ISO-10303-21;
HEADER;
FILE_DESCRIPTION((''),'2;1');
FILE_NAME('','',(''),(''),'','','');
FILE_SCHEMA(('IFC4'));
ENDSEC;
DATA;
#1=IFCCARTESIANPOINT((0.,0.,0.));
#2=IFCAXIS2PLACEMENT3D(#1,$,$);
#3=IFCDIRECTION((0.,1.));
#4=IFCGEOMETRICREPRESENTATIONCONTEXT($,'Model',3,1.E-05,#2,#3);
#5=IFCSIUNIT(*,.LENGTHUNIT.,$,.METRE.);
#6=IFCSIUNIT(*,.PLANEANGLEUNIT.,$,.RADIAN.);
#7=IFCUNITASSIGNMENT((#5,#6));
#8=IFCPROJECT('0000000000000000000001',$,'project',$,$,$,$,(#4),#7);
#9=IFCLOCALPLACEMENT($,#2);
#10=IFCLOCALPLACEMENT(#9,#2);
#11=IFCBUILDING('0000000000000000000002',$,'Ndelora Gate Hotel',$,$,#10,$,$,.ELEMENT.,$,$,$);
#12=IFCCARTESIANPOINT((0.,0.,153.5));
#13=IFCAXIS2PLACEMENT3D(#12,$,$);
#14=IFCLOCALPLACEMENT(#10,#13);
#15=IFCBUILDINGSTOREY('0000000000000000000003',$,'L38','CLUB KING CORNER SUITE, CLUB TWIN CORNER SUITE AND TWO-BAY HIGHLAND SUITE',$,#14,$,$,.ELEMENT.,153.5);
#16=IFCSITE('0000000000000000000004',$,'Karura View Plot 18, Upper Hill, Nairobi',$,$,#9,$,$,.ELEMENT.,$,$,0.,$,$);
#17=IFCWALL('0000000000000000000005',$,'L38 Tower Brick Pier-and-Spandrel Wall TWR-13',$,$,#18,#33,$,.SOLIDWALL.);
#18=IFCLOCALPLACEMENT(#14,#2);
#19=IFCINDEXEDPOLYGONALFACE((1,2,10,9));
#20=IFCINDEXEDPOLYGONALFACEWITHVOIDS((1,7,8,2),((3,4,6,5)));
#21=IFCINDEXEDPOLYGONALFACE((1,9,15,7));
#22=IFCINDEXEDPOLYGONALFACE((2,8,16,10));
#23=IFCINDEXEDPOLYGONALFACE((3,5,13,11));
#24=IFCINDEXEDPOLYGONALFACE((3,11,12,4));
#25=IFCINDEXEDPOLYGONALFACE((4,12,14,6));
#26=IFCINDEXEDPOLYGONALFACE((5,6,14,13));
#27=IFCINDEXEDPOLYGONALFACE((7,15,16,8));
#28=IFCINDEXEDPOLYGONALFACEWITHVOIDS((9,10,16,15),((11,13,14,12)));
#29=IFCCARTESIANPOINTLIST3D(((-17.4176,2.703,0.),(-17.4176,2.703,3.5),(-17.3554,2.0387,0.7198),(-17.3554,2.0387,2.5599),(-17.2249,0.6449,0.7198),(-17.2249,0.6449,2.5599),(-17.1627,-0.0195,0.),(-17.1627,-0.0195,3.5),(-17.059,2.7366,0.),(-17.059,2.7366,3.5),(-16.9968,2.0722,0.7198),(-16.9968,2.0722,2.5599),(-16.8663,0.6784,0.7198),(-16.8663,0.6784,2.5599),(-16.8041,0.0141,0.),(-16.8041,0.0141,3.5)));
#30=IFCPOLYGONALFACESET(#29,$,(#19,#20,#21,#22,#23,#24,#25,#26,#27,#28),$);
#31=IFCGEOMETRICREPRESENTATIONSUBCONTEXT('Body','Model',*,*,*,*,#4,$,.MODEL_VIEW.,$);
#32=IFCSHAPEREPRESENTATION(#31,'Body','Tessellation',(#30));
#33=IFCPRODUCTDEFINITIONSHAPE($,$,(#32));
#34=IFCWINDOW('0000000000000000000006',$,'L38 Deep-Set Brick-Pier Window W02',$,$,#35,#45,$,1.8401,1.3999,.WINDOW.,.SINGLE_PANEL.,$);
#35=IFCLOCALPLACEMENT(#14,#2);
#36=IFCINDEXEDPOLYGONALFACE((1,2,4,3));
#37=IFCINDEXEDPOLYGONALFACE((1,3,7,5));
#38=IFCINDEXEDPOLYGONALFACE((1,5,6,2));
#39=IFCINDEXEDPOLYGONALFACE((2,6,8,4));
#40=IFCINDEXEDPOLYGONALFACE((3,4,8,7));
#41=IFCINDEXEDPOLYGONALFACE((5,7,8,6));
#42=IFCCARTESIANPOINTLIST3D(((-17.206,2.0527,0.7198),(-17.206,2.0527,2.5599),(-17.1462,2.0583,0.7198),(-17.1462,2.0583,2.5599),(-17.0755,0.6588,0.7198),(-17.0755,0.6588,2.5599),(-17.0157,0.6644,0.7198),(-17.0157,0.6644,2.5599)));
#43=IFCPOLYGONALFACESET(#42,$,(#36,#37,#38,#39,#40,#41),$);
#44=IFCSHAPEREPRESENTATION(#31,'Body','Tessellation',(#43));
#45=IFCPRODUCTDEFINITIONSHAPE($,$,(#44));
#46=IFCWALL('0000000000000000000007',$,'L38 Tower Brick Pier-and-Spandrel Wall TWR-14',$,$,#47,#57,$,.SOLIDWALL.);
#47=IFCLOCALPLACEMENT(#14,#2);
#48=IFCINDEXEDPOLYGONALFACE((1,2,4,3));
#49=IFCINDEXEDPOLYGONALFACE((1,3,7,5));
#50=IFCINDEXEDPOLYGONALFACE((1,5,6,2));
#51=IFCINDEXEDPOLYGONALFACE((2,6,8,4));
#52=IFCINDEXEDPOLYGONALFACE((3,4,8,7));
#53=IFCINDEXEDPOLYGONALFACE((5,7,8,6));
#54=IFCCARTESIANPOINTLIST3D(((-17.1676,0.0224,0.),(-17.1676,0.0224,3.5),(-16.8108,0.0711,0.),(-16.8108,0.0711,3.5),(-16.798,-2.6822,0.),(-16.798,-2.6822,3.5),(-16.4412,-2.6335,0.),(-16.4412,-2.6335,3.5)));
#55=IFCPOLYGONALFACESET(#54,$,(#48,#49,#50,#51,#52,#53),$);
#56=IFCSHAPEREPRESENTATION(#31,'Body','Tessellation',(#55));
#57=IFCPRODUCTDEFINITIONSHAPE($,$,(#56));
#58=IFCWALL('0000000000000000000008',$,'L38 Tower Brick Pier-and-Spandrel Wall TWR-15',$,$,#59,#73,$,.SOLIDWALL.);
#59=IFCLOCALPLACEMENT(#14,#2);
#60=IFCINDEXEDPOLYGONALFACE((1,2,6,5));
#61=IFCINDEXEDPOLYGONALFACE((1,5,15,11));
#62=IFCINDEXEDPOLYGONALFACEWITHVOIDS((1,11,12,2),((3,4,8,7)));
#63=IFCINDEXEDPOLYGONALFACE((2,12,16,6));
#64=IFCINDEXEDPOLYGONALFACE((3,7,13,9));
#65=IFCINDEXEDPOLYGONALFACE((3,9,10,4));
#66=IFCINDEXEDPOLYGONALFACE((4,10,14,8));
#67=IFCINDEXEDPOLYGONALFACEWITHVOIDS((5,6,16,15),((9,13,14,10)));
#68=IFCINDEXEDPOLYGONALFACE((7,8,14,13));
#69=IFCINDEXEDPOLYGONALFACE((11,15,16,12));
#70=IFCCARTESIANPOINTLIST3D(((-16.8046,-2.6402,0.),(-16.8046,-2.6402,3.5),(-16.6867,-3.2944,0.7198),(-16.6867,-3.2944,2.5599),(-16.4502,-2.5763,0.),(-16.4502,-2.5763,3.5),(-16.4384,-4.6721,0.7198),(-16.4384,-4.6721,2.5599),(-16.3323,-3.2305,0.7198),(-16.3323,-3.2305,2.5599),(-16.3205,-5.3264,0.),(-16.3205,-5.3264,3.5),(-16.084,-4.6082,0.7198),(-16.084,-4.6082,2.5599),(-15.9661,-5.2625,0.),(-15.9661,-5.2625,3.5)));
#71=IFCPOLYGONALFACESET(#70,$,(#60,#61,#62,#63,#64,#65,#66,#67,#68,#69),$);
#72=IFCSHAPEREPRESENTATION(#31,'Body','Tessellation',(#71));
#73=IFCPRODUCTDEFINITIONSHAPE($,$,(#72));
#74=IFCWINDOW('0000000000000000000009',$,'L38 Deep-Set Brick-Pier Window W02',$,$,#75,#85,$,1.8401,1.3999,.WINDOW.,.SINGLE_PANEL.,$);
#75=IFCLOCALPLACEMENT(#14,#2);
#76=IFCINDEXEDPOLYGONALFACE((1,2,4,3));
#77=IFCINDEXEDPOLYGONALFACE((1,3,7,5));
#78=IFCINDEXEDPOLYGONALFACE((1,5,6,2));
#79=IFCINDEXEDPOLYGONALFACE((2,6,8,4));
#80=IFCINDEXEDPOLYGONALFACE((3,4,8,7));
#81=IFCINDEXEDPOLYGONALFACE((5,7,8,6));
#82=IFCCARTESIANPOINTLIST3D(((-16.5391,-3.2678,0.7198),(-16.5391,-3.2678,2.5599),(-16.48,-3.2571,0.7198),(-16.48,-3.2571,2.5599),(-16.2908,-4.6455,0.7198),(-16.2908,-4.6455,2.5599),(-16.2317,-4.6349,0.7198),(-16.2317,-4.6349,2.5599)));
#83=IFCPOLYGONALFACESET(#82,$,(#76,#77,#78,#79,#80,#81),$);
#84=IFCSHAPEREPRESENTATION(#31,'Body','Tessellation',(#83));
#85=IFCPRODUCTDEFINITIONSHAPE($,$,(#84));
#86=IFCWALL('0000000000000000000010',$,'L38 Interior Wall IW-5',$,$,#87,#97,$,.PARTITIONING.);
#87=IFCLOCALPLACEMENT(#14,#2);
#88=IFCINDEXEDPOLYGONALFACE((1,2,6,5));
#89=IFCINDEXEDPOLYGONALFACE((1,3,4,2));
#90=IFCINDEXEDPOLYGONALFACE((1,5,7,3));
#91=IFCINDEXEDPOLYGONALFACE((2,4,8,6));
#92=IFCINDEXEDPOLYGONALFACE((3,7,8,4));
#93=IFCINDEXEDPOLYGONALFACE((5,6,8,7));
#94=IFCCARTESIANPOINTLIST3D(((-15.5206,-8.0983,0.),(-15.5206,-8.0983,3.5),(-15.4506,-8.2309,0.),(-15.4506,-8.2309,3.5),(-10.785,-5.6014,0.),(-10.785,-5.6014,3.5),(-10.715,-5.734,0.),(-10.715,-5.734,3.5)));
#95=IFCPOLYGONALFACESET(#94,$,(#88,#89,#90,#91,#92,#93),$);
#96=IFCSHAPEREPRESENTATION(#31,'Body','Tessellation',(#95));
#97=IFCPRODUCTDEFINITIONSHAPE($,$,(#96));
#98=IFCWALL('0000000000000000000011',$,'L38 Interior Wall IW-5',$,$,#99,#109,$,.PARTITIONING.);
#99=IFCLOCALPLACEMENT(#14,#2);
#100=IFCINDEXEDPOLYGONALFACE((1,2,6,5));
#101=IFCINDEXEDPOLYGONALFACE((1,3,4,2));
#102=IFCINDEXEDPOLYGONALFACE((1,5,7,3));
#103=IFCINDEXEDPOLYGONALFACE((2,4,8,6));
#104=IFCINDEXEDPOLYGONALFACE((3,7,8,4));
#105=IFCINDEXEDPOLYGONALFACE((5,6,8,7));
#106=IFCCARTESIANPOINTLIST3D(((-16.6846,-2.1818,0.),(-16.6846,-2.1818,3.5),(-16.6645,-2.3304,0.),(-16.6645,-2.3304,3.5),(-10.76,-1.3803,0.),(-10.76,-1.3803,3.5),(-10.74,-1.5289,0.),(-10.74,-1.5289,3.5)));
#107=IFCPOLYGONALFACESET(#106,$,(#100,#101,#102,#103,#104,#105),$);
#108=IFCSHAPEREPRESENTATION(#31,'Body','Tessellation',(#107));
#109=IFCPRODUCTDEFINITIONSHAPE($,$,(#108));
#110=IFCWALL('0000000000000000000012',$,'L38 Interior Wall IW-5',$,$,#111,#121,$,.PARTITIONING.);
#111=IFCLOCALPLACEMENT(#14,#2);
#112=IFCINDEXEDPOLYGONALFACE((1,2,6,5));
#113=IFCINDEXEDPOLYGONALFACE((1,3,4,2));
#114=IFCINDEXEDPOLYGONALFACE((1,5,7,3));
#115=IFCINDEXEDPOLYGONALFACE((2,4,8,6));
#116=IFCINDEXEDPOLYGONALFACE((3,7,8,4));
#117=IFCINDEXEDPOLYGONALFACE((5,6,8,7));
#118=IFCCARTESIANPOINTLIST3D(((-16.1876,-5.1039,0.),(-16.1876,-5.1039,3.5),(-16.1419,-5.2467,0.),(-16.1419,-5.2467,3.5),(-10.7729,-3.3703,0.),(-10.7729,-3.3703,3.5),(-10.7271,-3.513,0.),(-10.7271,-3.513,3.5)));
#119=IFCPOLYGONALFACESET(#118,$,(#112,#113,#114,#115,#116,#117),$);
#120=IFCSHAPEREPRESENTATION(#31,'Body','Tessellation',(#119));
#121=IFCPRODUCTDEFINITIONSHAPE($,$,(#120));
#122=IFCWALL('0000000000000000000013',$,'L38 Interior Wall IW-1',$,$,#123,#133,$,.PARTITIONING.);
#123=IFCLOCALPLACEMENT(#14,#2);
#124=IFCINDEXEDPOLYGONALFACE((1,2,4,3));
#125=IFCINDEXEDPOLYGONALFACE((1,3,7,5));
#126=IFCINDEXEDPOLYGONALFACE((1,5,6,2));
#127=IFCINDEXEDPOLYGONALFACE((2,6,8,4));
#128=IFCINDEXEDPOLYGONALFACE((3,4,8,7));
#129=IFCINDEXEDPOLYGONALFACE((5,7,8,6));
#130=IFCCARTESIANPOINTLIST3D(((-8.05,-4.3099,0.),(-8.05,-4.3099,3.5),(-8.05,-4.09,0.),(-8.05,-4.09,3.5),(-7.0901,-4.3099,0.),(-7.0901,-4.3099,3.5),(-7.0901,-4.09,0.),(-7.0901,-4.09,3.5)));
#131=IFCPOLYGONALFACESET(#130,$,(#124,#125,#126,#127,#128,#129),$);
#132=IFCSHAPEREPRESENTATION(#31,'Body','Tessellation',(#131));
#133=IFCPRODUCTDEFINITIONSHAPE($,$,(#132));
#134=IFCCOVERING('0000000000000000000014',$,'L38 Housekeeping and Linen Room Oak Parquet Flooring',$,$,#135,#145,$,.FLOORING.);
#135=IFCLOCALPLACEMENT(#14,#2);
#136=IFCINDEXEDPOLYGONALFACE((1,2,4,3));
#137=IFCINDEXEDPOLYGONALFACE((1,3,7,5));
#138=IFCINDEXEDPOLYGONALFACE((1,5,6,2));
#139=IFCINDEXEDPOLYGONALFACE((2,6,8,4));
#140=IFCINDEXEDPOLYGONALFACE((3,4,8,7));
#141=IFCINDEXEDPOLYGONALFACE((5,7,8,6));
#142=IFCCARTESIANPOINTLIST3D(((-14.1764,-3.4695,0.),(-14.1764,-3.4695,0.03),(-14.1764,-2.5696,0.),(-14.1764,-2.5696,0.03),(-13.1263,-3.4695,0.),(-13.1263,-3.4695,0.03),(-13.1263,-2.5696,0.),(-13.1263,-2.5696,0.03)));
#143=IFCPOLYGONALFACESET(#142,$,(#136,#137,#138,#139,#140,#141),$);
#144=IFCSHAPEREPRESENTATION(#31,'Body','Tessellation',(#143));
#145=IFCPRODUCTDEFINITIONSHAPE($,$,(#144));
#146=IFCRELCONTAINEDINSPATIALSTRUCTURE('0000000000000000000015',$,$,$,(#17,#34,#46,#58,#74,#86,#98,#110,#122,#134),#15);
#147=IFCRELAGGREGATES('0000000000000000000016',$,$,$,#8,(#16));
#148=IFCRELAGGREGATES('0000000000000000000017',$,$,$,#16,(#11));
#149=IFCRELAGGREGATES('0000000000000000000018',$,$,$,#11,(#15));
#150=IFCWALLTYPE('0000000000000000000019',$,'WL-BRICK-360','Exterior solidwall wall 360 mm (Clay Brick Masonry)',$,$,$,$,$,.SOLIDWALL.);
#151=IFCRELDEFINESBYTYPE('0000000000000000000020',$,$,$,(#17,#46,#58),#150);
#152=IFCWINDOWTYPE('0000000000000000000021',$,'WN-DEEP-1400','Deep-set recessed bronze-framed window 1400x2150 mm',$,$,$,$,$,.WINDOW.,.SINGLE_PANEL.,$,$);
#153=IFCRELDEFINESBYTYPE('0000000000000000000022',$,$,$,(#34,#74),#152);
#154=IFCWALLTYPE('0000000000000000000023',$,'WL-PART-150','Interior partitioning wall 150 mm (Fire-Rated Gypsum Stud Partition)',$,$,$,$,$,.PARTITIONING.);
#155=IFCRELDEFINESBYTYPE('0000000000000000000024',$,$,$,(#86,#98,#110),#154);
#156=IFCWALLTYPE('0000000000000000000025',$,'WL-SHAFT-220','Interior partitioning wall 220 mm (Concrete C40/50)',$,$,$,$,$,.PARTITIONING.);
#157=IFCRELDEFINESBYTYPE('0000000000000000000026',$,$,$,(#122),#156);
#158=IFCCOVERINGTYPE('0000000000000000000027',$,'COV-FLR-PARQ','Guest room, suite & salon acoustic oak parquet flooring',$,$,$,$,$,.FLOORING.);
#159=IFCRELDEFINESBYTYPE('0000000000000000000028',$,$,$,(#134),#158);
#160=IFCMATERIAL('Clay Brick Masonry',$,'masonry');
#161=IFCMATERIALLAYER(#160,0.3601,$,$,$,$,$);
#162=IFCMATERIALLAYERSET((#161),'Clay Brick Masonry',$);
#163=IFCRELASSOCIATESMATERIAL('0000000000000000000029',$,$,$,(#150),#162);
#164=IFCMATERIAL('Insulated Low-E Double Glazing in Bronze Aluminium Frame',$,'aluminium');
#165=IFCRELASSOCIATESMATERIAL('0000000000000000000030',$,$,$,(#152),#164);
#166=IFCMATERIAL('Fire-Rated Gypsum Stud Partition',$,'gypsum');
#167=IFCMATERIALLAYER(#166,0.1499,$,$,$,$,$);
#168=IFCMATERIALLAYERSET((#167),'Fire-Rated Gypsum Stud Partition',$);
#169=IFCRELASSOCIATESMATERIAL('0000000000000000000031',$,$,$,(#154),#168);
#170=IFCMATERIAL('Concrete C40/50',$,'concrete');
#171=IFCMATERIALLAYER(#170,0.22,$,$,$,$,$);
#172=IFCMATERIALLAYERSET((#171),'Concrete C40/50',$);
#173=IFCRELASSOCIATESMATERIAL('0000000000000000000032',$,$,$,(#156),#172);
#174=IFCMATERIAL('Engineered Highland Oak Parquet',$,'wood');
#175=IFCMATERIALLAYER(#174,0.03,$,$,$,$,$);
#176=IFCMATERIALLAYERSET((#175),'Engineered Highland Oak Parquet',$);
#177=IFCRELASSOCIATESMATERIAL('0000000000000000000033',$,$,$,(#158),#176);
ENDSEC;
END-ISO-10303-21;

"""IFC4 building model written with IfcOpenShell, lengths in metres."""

from ifc_helpers import new_model, si_unit, direction, frame, frame_2d, origin, origin_2d, place, context, subcontext, project, spatial, rectangle, extrude, material, layer, layer_set, type_object, element, fill, save


model = new_model("IFC4")

# Units and contexts
model_context = context("Model", 3, precision=1e-05, world=origin(), true_north=direction((0.0, 1.0)))
body_context = subcontext(model_context, "Body", "Model", "MODEL_VIEW")
ifc_project = project(units=[si_unit("LENGTHUNIT", "METRE"), si_unit("PLANEANGLEUNIT", "RADIAN")], contexts=[model_context])

# Site, building, storey
site_placement = place(None, origin())
site = spatial("IfcSite", under=ifc_project, at=site_placement, Name="Karura View Plot 18, Upper Hill, Nairobi", CompositionType="ELEMENT", RefElevation=0.0)
building_placement = place(site_placement, origin())
building = spatial("IfcBuilding", under=site, at=building_placement, Name="Ndelora Gate Hotel", CompositionType="ELEMENT")
storey_placement = place(building_placement, frame((0.0, 0.0, 153.5)))
storey = spatial("IfcBuildingStorey", under=building, at=storey_placement, Name="L38", Description="CLUB KING CORNER SUITE, CLUB TWIN CORNER SUITE AND TWO-BAY HIGHLAND SUITE", CompositionType="ELEMENT", Elevation=153.5)

# Wall, opening, window
ifc_material_1 = material(Name="Clay Brick Masonry", Category="masonry")
ifc_layer_1 = layer(ifc_material_1, 0.3601)
ifc_layer_set_1 = layer_set([ifc_layer_1], Name="Clay Brick Masonry")
wall_type_1 = type_object("IfcWallType", Name="WL-BRICK-360", Description="Exterior solidwall wall 360 mm (Clay Brick Masonry)", PredefinedType="SOLIDWALL", material=ifc_layer_set_1)
wall_1_placement = place(storey_placement, frame((-16.9834, -0.0027, 0.0), z_axis=(0.0, 0.0, 1.0), x_axis=(-0.093216, 0.995646, 0.0)))
wall_1 = element("IfcWall", 1, at=wall_1_placement, inside=storey, type_object=wall_type_1, Name="L38 Tower Brick Pier-and-Spandrel Wall TWR-13", PredefinedType="SOLIDWALL", context=body_context, shape_type="SweptSolid", body=[
    extrude(rectangle(XDim=2.7344, YDim=0.3601, at=frame_2d((1.3672, 0.0))), origin(), (0.0, 0.0, 1.0), 3.5),
])
opening_1_placement = place(wall_1_placement, frame((0.6672, 0.0, 0.72)))
opening_1 = element("IfcOpeningElement", 2, at=opening_1_placement, cuts=wall_1, PredefinedType="OPENING", context=body_context, shape_type="SweptSolid", body=[
    extrude(rectangle(XDim=1.3999, YDim=1.8401, at=frame_2d((0.7, 0.9199))), frame((0.0, 0.1899, 0.0), z_axis=(0.0, -1.0, 0.0), x_axis=(1.0, 0.0, 0.0)), (0.0, 0.0, 1.0), 0.3801),
])
ifc_material_2 = material(Name="Insulated Low-E Double Glazing in Bronze Aluminium Frame", Category="aluminium")
window_type = type_object("IfcWindowType", Name="WN-DEEP-1400", Description="Deep-set recessed bronze-framed window 1400x2150 mm", PartitioningType="SINGLE_PANEL", PredefinedType="WINDOW", material=ifc_material_2)
window_1_placement = place(opening_1_placement, origin())
window_1 = element("IfcWindow", 3, at=window_1_placement, inside=storey, type_object=window_type, Name="L38 Deep-Set Brick-Pier Window W02", OverallHeight=1.8401, OverallWidth=1.3999, PartitioningType="SINGLE_PANEL", PredefinedType="WINDOW", context=body_context, shape_type="SweptSolid", body=[
    extrude(rectangle(XDim=1.3999, YDim=1.8401, at=frame_2d((0.7, 0.9199))), frame((0.0, 0.03, 0.0), z_axis=(0.0, -1.0, 0.0), x_axis=(1.0, 0.0, 0.0)), (0.0, 0.0, 1.0), 0.0601),
])
fill(opening_1, window_1)

# Wall
wall_2_placement = place(storey_placement, frame((-16.6196, -2.6577, 0.0), z_axis=(0.0, 0.0, 1.0), x_axis=(-0.135409, 0.99079, 0.0)))
element("IfcWall", 4, at=wall_2_placement, inside=storey, type_object=wall_type_1, Name="L38 Tower Brick Pier-and-Spandrel Wall TWR-14", PredefinedType="SOLIDWALL", context=body_context, shape_type="SweptSolid", body=[
    extrude(rectangle(XDim=2.7297, YDim=0.3601, at=frame_2d((1.3647, 0.0))), origin(), (0.0, 0.0, 1.0), 3.5),
])

# Wall, opening, window
wall_3_placement = place(storey_placement, frame((-16.1433, -5.2944, 0.0), z_axis=(0.0, 0.0, 1.0), x_axis=(-0.177366, 0.984145, 0.0)))
wall_3 = element("IfcWall", 5, at=wall_3_placement, inside=storey, type_object=wall_type_1, Name="L38 Tower Brick Pier-and-Spandrel Wall TWR-15", PredefinedType="SOLIDWALL", context=body_context, shape_type="SweptSolid", body=[
    extrude(rectangle(XDim=2.7295, YDim=0.3601, at=frame_2d((1.3647, 0.0))), origin(), (0.0, 0.0, 1.0), 3.5),
])
opening_2_placement = place(wall_3_placement, frame((0.6648, 0.0, 0.72)))
opening_2 = element("IfcOpeningElement", 6, at=opening_2_placement, cuts=wall_3, PredefinedType="OPENING", context=body_context, shape_type="SweptSolid", body=[
    extrude(rectangle(XDim=1.3999, YDim=1.8401, at=frame_2d((0.7, 0.9199))), frame((0.0, 0.1899, 0.0), z_axis=(0.0, -1.0, 0.0), x_axis=(1.0, 0.0, 0.0)), (0.0, 0.0, 1.0), 0.3801),
])
window_2_placement = place(opening_2_placement, origin())
window_2 = element("IfcWindow", 7, at=window_2_placement, inside=storey, type_object=window_type, Name="L38 Deep-Set Brick-Pier Window W02", OverallHeight=1.8401, OverallWidth=1.3999, PartitioningType="SINGLE_PANEL", PredefinedType="WINDOW", context=body_context, shape_type="SweptSolid", body=[
    extrude(rectangle(XDim=1.3999, YDim=1.8401, at=frame_2d((0.7, 0.9199))), frame((0.0, 0.03, 0.0), z_axis=(0.0, -1.0, 0.0), x_axis=(1.0, 0.0, 0.0)), (0.0, 0.0, 1.0), 0.0601),
])
fill(opening_2, window_2)

# Shared definitions
ifc_material_3 = material(Name="Fire-Rated Gypsum Stud Partition", Category="gypsum")
ifc_layer_2 = layer(ifc_material_3, 0.1499)
ifc_layer_set_2 = layer_set([ifc_layer_2], Name="Fire-Rated Gypsum Stud Partition")
wall_type_2 = type_object("IfcWallType", Name="WL-PART-150", Description="Interior partitioning wall 150 mm (Fire-Rated Gypsum Stud Partition)", PredefinedType="PARTITIONING", material=ifc_layer_set_2)

# Walls
wall_4_placement = place(storey_placement, frame((-10.75, -5.6677, 0.0), z_axis=(0.0, 0.0, 1.0), x_axis=(-0.884579, -0.466391, 0.0)))
element("IfcWall", 8, at=wall_4_placement, inside=storey, type_object=wall_type_2, Name="L38 Interior Wall IW-5", PredefinedType="PARTITIONING", context=body_context, shape_type="SweptSolid", body=[
    extrude(rectangle(XDim=5.3535, YDim=0.1499, at=frame_2d((2.6768, 0.0))), origin(), (0.0, 0.0, 1.0), 3.5),
])
wall_5_placement = place(storey_placement, frame((-10.75, -1.4546, 0.0), z_axis=(0.0, 0.0, 1.0), x_axis=(-0.990972, -0.134065, 0.0)))
element("IfcWall", 9, at=wall_5_placement, inside=storey, type_object=wall_type_2, Name="L38 Interior Wall IW-5", PredefinedType="PARTITIONING", context=body_context, shape_type="SweptSolid", body=[
    extrude(rectangle(XDim=5.9785, YDim=0.1499, at=frame_2d((2.9893, 0.0))), origin(), (0.0, 0.0, 1.0), 3.5),
])
wall_6_placement = place(storey_placement, frame((-10.75, -3.4417, 0.0), z_axis=(0.0, 0.0, 1.0), x_axis=(-0.952378, -0.304921, 0.0)))
element("IfcWall", 10, at=wall_6_placement, inside=storey, type_object=wall_type_2, Name="L38 Interior Wall IW-5", PredefinedType="PARTITIONING", context=body_context, shape_type="SweptSolid", body=[
    extrude(rectangle(XDim=5.6855, YDim=0.1499, at=frame_2d((2.8428, 0.0))), origin(), (0.0, 0.0, 1.0), 3.5),
])
ifc_material_4 = material(Name="Concrete C40/50", Category="concrete")
ifc_layer_3 = layer(ifc_material_4, 0.22)
ifc_layer_set_3 = layer_set([ifc_layer_3], Name="Concrete C40/50")
wall_type_3 = type_object("IfcWallType", Name="WL-SHAFT-220", Description="Interior partitioning wall 220 mm (Concrete C40/50)", PredefinedType="PARTITIONING", material=ifc_layer_set_3)
wall_7_placement = place(storey_placement, frame((-8.05, -4.2, 0.0), z_axis=(0.0, 0.0, 1.0), x_axis=(1.0, 0.0, 0.0)))
element("IfcWall", 11, at=wall_7_placement, inside=storey, type_object=wall_type_3, Name="L38 Interior Wall IW-1", PredefinedType="PARTITIONING", context=body_context, shape_type="SweptSolid", body=[
    extrude(rectangle(XDim=0.96, YDim=0.22, at=frame_2d((0.48, 0.0))), origin(), (0.0, 0.0, 1.0), 3.5),
])

# Covering
ifc_material_5 = material(Name="Engineered Highland Oak Parquet", Category="wood")
ifc_layer_4 = layer(ifc_material_5, 0.03)
ifc_layer_set_4 = layer_set([ifc_layer_4], Name="Engineered Highland Oak Parquet")
covering_type = type_object("IfcCoveringType", Name="COV-FLR-PARQ", Description="Guest room, suite & salon acoustic oak parquet flooring", PredefinedType="FLOORING", material=ifc_layer_set_4)
covering_placement = place(storey_placement, frame((-13.6514, -3.0195, 0.0), z_axis=(0.0, 0.0, 1.0), x_axis=(1.0, 0.0, 0.0)))
element("IfcCovering", 12, at=covering_placement, inside=storey, type_object=covering_type, Name="L38 Housekeeping and Linen Room Oak Parquet Flooring", PredefinedType="FLOORING", context=body_context, shape_type="SweptSolid", body=[
    extrude(rectangle(XDim=1.05, YDim=0.8999, at=origin_2d()), origin(), (0.0, 0.0, 1.0), 0.03),
])

save(model, "model.ifc")
